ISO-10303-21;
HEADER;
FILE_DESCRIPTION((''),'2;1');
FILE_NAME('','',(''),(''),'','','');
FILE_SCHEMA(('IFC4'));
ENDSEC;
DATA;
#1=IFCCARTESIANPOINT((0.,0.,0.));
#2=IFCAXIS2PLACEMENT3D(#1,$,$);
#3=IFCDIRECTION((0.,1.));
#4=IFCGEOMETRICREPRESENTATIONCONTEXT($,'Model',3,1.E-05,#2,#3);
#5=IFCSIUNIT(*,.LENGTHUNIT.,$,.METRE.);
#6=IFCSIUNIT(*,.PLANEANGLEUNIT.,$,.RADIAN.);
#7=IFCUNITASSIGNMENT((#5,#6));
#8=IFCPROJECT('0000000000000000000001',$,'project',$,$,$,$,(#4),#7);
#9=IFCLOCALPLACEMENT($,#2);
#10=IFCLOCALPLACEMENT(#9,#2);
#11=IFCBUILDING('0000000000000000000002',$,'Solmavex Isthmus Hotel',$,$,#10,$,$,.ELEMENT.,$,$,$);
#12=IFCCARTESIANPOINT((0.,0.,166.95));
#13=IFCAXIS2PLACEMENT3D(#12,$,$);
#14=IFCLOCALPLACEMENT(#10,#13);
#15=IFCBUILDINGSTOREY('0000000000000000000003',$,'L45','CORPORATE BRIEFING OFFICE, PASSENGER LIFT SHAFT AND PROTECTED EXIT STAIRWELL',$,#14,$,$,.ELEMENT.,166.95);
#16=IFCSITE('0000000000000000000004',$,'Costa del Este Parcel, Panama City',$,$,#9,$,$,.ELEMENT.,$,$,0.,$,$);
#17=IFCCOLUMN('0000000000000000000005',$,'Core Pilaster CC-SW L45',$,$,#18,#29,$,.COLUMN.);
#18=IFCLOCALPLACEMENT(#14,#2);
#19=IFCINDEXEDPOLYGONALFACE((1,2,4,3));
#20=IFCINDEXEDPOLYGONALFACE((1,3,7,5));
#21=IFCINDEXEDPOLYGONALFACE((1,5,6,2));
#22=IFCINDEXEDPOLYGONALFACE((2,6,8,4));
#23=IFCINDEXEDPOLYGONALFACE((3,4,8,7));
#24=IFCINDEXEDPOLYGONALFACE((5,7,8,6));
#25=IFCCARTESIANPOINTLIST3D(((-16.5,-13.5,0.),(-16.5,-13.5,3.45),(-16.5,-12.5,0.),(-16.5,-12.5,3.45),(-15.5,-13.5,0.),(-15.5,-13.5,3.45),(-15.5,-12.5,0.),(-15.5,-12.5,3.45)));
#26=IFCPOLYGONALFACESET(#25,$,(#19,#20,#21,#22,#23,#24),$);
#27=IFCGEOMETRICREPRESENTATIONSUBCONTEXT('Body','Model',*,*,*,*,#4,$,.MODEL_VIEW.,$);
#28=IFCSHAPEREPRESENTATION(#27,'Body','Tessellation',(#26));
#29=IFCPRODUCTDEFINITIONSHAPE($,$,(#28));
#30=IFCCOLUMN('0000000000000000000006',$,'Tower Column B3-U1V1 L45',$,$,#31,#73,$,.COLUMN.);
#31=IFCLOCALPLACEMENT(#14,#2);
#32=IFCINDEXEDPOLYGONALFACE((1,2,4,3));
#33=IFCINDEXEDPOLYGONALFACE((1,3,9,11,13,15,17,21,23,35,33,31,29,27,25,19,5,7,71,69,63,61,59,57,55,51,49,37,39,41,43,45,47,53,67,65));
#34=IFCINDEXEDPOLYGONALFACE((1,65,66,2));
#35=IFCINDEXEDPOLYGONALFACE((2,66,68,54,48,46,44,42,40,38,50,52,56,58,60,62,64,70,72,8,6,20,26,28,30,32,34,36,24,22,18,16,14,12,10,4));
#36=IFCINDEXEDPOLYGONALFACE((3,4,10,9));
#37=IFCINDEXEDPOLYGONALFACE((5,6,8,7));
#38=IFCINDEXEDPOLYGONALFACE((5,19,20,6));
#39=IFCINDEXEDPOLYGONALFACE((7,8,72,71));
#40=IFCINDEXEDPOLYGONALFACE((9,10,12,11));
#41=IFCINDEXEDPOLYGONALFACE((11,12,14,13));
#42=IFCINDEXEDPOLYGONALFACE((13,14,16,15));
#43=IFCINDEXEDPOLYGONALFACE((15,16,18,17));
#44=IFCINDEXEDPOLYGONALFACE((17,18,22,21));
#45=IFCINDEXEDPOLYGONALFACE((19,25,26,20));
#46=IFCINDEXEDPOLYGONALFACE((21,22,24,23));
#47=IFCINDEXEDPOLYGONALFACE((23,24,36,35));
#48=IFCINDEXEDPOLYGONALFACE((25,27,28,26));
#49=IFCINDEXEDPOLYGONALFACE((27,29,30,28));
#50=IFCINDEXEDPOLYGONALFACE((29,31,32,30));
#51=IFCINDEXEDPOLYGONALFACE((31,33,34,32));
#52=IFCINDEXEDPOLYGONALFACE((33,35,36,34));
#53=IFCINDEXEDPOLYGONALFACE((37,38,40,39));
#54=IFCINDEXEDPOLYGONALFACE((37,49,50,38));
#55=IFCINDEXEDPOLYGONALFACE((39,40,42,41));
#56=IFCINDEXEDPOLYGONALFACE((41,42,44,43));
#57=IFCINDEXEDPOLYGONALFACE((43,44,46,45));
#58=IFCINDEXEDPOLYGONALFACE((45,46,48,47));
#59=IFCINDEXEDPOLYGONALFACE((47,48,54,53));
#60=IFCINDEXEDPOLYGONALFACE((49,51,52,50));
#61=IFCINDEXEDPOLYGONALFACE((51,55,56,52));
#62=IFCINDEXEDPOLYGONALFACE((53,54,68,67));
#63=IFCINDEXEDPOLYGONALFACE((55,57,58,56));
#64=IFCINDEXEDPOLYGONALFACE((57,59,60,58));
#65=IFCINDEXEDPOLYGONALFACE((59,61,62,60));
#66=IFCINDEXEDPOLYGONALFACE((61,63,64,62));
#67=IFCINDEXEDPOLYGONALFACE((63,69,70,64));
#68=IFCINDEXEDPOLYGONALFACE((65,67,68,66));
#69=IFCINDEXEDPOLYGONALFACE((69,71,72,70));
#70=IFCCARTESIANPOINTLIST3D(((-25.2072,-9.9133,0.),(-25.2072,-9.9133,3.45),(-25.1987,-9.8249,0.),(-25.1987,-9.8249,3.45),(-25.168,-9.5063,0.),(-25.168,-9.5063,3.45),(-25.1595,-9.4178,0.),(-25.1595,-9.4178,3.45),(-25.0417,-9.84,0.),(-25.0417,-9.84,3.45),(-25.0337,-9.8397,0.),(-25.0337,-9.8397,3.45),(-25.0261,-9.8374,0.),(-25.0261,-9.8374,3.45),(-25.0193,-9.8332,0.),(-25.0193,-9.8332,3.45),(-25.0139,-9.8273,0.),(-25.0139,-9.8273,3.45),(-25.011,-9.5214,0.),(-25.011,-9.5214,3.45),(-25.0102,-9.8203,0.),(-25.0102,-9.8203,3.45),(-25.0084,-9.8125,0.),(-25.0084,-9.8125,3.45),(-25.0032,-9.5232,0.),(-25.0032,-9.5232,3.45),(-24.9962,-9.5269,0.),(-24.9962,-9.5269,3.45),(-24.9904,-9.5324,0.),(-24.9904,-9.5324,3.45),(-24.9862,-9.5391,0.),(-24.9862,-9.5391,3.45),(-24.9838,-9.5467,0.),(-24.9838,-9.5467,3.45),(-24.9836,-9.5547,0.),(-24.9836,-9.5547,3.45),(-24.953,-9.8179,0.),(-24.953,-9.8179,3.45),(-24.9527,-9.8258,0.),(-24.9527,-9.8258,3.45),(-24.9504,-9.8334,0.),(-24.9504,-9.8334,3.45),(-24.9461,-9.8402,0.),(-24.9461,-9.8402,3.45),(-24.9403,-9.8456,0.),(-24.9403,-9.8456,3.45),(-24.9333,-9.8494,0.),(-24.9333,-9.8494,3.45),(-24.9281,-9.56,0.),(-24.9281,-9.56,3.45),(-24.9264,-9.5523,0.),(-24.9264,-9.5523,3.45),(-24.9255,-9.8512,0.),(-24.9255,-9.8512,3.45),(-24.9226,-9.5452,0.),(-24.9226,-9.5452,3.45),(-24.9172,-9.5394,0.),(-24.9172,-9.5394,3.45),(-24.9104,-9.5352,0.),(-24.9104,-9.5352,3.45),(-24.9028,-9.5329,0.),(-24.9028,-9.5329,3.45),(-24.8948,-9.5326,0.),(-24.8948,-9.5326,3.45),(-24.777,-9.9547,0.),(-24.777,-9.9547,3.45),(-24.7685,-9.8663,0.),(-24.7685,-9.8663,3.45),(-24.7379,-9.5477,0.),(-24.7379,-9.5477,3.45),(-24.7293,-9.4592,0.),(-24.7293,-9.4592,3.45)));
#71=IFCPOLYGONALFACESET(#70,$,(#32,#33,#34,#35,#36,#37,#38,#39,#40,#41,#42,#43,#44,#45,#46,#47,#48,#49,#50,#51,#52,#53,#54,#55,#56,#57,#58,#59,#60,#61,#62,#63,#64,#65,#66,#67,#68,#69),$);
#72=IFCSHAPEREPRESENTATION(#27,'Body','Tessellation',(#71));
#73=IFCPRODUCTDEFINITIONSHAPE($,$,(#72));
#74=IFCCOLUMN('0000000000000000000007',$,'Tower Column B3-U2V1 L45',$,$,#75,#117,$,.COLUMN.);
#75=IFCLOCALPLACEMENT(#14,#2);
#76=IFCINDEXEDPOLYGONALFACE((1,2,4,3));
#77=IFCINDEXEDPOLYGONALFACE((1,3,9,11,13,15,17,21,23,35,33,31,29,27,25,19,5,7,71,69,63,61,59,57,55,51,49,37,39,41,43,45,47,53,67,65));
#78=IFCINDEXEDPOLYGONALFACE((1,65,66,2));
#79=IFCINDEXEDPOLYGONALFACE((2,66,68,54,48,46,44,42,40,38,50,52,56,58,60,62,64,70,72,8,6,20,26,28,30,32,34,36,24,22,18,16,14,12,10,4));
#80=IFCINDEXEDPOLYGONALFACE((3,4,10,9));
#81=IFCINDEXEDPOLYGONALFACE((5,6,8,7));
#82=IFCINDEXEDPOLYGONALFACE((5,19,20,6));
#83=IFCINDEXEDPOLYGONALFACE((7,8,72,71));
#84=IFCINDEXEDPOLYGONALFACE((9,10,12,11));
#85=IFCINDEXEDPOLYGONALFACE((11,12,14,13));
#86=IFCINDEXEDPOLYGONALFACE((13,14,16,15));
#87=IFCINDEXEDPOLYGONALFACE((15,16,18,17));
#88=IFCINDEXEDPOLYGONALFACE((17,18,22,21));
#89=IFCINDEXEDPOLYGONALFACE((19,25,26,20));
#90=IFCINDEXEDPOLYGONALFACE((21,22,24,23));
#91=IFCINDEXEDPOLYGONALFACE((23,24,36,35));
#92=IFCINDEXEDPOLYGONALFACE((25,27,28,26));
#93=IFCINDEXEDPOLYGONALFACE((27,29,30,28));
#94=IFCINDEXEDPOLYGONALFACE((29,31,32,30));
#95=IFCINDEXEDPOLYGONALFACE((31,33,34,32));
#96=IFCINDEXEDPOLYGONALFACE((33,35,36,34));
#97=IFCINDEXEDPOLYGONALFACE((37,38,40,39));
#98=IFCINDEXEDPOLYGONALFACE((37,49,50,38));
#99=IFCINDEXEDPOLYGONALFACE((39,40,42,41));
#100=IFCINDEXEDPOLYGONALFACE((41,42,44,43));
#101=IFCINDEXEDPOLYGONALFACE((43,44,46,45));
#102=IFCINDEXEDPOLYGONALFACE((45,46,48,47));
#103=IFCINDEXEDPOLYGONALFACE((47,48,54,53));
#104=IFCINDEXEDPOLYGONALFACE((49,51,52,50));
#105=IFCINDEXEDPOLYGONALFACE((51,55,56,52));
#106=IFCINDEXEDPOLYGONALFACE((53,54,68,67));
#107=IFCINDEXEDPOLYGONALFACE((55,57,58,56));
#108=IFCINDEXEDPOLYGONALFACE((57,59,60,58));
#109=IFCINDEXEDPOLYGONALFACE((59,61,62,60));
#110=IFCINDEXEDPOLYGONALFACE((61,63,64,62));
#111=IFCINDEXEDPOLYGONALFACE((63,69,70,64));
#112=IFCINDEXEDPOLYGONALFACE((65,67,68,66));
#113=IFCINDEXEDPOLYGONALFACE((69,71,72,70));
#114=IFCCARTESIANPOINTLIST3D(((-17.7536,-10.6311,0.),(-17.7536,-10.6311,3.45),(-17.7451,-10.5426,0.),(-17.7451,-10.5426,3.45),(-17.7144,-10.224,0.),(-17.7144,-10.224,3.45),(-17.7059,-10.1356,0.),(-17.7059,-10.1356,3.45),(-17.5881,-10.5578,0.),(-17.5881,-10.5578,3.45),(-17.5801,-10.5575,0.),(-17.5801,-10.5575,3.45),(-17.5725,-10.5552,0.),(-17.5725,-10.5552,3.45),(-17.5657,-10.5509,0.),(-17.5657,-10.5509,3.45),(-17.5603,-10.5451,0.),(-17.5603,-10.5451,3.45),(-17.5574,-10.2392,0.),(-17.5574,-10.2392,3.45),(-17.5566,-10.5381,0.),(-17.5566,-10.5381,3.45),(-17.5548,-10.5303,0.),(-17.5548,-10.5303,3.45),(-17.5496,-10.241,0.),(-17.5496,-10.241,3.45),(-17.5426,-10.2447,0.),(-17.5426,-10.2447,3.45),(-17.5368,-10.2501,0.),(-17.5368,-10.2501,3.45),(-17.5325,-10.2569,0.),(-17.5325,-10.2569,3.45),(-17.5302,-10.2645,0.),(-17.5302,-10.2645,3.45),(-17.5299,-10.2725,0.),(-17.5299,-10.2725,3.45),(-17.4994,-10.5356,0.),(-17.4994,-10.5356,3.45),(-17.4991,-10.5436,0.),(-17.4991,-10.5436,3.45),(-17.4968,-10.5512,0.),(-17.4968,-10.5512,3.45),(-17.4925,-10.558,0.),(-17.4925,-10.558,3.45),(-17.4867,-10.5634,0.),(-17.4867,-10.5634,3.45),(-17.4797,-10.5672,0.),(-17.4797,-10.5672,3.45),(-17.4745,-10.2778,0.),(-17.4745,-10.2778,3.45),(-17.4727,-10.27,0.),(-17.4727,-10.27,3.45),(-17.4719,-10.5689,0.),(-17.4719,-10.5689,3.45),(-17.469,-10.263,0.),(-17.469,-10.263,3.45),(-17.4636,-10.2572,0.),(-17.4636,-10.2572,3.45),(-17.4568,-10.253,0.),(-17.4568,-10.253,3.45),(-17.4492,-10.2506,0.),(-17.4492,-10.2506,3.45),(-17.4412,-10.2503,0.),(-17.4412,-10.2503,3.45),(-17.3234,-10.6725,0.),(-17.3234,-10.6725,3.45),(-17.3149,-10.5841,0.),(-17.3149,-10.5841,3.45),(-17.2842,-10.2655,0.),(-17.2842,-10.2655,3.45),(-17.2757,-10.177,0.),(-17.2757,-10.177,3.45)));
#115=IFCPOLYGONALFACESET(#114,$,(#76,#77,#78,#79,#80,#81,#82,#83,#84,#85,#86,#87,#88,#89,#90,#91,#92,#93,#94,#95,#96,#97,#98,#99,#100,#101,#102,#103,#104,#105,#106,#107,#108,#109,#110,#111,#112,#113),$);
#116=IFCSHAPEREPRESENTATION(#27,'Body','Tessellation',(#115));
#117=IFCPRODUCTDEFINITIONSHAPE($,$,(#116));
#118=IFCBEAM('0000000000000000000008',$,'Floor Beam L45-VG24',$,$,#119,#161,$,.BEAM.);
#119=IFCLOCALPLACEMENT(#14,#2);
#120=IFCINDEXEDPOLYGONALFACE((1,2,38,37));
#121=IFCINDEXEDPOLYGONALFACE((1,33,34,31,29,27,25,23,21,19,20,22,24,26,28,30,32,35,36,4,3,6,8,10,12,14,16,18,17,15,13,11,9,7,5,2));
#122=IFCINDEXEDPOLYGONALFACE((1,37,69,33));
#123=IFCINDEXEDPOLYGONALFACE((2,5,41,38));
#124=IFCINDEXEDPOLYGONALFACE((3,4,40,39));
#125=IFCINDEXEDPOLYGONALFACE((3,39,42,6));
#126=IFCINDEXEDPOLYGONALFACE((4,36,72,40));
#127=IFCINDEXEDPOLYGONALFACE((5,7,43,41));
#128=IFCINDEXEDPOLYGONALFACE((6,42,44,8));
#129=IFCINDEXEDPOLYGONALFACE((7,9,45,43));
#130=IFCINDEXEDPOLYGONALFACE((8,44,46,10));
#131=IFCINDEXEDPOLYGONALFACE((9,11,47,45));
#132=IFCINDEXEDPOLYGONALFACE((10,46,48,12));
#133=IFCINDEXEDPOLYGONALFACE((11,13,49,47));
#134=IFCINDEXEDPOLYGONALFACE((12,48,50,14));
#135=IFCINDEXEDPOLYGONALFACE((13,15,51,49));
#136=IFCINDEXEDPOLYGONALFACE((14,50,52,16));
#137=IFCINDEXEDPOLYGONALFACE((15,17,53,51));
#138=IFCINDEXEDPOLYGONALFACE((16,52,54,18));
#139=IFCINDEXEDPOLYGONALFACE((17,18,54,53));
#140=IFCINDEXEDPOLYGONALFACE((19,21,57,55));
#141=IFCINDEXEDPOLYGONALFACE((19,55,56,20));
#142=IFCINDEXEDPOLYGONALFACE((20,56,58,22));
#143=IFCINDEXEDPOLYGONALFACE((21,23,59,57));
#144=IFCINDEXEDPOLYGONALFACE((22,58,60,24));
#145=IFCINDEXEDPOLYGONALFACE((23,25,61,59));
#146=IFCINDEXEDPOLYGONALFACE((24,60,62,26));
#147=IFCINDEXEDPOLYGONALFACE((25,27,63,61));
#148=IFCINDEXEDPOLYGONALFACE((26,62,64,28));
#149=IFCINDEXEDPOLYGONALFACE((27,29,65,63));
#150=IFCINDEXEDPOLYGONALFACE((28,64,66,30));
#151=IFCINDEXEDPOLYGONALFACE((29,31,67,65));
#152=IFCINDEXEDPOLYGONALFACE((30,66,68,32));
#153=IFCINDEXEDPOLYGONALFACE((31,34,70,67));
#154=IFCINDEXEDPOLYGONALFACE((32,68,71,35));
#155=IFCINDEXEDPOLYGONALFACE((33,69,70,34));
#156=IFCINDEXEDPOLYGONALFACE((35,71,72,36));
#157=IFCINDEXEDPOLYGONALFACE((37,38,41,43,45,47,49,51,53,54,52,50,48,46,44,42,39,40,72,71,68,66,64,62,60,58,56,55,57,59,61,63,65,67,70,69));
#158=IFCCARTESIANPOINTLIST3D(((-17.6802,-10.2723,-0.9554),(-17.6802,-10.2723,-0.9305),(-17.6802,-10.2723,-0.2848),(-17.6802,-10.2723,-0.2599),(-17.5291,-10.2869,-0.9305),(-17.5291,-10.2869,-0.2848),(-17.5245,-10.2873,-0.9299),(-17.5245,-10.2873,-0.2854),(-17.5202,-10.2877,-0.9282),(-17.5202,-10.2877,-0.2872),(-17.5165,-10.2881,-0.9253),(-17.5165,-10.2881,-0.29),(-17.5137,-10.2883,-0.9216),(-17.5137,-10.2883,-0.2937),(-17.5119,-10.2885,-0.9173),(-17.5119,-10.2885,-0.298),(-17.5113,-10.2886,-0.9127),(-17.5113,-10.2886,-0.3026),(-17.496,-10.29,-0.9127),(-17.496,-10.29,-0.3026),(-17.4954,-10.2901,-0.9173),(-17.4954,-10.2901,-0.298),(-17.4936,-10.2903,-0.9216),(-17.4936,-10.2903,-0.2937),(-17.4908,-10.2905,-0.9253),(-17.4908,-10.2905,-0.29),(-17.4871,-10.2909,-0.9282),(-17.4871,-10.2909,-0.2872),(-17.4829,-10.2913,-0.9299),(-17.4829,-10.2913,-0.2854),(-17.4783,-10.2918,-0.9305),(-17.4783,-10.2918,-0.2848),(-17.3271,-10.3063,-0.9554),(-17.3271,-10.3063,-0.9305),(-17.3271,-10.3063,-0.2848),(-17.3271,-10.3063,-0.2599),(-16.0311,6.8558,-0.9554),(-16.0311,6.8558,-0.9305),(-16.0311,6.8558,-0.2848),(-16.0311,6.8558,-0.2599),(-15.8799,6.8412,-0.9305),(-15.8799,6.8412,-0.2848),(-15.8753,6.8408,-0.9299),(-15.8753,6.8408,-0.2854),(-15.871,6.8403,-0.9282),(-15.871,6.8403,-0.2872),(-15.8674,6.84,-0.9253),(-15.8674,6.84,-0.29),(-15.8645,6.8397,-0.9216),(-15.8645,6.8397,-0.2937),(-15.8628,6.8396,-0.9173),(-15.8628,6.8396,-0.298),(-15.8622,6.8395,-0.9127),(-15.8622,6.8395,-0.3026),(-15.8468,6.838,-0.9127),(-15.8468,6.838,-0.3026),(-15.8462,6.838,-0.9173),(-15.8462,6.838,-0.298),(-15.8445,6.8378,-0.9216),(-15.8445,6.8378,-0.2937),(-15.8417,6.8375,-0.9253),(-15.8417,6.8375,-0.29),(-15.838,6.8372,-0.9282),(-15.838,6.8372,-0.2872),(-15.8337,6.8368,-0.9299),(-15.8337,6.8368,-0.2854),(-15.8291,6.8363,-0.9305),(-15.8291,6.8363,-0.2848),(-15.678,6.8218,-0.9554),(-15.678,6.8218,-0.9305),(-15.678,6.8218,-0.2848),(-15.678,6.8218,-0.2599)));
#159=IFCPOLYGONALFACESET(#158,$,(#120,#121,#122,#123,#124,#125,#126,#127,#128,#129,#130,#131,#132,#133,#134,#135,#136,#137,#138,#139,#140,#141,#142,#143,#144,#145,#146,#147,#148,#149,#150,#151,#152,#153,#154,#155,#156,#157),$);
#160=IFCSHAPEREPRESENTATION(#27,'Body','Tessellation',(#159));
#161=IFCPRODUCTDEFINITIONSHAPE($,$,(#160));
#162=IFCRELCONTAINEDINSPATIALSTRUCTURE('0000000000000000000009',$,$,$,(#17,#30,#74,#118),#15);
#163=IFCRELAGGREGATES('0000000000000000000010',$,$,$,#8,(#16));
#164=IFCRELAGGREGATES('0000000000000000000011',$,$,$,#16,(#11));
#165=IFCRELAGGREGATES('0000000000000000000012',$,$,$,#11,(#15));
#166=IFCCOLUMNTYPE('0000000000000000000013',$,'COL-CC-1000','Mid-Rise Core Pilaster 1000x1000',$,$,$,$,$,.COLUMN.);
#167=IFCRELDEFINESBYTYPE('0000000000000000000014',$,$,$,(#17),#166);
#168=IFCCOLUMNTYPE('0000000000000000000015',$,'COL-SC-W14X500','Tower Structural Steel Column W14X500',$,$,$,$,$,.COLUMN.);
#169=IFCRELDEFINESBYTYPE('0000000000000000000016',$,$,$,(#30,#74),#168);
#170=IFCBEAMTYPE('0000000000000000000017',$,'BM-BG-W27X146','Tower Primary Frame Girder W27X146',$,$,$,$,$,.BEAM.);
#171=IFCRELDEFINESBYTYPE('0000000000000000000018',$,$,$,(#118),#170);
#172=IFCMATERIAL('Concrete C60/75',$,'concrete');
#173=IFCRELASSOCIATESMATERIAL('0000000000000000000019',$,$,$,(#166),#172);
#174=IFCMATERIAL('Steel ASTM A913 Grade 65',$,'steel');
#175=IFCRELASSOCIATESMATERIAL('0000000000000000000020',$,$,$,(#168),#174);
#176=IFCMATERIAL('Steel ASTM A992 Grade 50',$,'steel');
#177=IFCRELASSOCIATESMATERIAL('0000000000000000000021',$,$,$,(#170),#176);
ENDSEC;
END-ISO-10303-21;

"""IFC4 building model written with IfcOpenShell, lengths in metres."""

from ifc_helpers import new_model, si_unit, direction, frame, origin, origin_2d, place, context, subcontext, project, spatial, rectangle, i_section, extrude, material, material_profile, profile_set, type_object, element, save


model = new_model("IFC4")

# Units and contexts
model_context = context("Model", 3, precision=1e-05, world=origin(), true_north=direction((0.0, 1.0)))
body_context = subcontext(model_context, "Body", "Model", "MODEL_VIEW")
ifc_project = project(units=[si_unit("LENGTHUNIT", "METRE"), si_unit("PLANEANGLEUNIT", "RADIAN")], contexts=[model_context])

# Site, building, storey
site_placement = place(None, origin())
site = spatial("IfcSite", under=ifc_project, at=site_placement, Name="Costa del Este Parcel, Panama City", CompositionType="ELEMENT", RefElevation=0.0)
building_placement = place(site_placement, origin())
building = spatial("IfcBuilding", under=site, at=building_placement, Name="Solmavex Isthmus Hotel", CompositionType="ELEMENT")
storey_placement = place(building_placement, frame((0.0, 0.0, 166.95)))
storey = spatial("IfcBuildingStorey", under=building, at=storey_placement, Name="L45", Description="CORPORATE BRIEFING OFFICE, PASSENGER LIFT SHAFT AND PROTECTED EXIT STAIRWELL", CompositionType="ELEMENT", Elevation=166.95)

# Columns
ifc_material_1 = material(Name="Concrete C60/75", Category="concrete")
ifc_material_profile_1 = material_profile(ifc_material_1, rectangle(XDim=1.0, YDim=1.0, at=origin_2d()), Name="RC1000X1000")
ifc_profile_set_1 = profile_set([ifc_material_profile_1], Name="Concrete C60/75")
column_type_1 = type_object("IfcColumnType", Name="COL-CC-1000", Description="Mid-Rise Core Pilaster 1000x1000", PredefinedType="COLUMN", material=ifc_profile_set_1)
column_placement = place(storey_placement, frame((-16.0, -13.0, 0.0), z_axis=(0.0, 0.0, 1.0), x_axis=(1.0, 0.0, 0.0)))
element("IfcColumn", 1, at=column_placement, inside=storey, type_object=column_type_1, Name="Core Pilaster CC-SW L45", PredefinedType="COLUMN", context=body_context, shape_type="SweptSolid", body=[
    extrude(rectangle(XDim=1.0, YDim=1.0, at=origin_2d()), origin(), (0.0, 0.0, 1.0), 3.45),
])
ifc_material_2 = material(Name="Steel ASTM A913 Grade 65", Category="steel")
ifc_material_profile_2 = material_profile(ifc_material_2, i_section(OverallWidth=0.4321, OverallDepth=0.4978, WebThickness=0.0557, FlangeThickness=0.0889, FilletRadius=0.0305, at=origin_2d()), Name="W14X500")
ifc_profile_set_2 = profile_set([ifc_material_profile_2], Name="Steel ASTM A913 Grade 65")
column_type_2 = type_object("IfcColumnType", Name="COL-SC-W14X500", Description="Tower Structural Steel Column W14X500", PredefinedType="COLUMN", material=ifc_profile_set_2)
for number, where, z_axis, x_axis, name in (
    (2, (-24.9683, -9.6863, 0.0), (0.0, 0.0, 1.0), (0.995396, -0.095846, 0.0), "Tower Column B3-U1V1 L45"),
    (3, (-17.5146, -10.4041, 0.0), (0.0, 0.0, 1.0), (0.995396, -0.095846, 0.0), "Tower Column B3-U2V1 L45"),
):
    element("IfcColumn", number, at=place(storey_placement, frame(where, z_axis=z_axis, x_axis=x_axis)), inside=storey, type_object=column_type_2, Name=name, PredefinedType="COLUMN", context=body_context, shape_type="SweptSolid", body=[
        extrude(i_section(OverallWidth=0.4321, OverallDepth=0.4978, WebThickness=0.0557, FlangeThickness=0.0889, FilletRadius=0.0305, at=origin_2d()), origin(), (0.0, 0.0, 1.0), 3.45),
    ])

# Beam
ifc_material_3 = material(Name="Steel ASTM A992 Grade 50", Category="steel")
ifc_material_profile_3 = material_profile(ifc_material_3, i_section(OverallWidth=0.3547, OverallDepth=0.6956, WebThickness=0.0154, FlangeThickness=0.0249, FilletRadius=0.0178, at=origin_2d()), Name="W27X146")
ifc_profile_set_3 = profile_set([ifc_material_profile_3], Name="Steel ASTM A992 Grade 50")
beam_type_1 = type_object("IfcBeamType", Name="BM-BG-W27X146", Description="Tower Primary Frame Girder W27X146", PredefinedType="BEAM", material=ifc_profile_set_3)
beam_1_placement = place(storey_placement, frame((-17.5037, -10.2893, -0.6077), z_axis=(0.095841, 0.995397, 0.0), x_axis=(-0.995397, 0.095841, 0.0)))
element("IfcBeam", 4, at=beam_1_placement, inside=storey, type_object=beam_type_1, Name="Floor Beam L45-VG24", PredefinedType="BEAM", context=body_context, shape_type="SweptSolid", body=[
    extrude(i_section(OverallWidth=0.3547, OverallDepth=0.6956, WebThickness=0.0154, FlangeThickness=0.0249, FilletRadius=0.0178, at=origin_2d()), origin(), (0.0, 0.0, 1.0), 17.2073),
])

save(model, "model.ifc")
